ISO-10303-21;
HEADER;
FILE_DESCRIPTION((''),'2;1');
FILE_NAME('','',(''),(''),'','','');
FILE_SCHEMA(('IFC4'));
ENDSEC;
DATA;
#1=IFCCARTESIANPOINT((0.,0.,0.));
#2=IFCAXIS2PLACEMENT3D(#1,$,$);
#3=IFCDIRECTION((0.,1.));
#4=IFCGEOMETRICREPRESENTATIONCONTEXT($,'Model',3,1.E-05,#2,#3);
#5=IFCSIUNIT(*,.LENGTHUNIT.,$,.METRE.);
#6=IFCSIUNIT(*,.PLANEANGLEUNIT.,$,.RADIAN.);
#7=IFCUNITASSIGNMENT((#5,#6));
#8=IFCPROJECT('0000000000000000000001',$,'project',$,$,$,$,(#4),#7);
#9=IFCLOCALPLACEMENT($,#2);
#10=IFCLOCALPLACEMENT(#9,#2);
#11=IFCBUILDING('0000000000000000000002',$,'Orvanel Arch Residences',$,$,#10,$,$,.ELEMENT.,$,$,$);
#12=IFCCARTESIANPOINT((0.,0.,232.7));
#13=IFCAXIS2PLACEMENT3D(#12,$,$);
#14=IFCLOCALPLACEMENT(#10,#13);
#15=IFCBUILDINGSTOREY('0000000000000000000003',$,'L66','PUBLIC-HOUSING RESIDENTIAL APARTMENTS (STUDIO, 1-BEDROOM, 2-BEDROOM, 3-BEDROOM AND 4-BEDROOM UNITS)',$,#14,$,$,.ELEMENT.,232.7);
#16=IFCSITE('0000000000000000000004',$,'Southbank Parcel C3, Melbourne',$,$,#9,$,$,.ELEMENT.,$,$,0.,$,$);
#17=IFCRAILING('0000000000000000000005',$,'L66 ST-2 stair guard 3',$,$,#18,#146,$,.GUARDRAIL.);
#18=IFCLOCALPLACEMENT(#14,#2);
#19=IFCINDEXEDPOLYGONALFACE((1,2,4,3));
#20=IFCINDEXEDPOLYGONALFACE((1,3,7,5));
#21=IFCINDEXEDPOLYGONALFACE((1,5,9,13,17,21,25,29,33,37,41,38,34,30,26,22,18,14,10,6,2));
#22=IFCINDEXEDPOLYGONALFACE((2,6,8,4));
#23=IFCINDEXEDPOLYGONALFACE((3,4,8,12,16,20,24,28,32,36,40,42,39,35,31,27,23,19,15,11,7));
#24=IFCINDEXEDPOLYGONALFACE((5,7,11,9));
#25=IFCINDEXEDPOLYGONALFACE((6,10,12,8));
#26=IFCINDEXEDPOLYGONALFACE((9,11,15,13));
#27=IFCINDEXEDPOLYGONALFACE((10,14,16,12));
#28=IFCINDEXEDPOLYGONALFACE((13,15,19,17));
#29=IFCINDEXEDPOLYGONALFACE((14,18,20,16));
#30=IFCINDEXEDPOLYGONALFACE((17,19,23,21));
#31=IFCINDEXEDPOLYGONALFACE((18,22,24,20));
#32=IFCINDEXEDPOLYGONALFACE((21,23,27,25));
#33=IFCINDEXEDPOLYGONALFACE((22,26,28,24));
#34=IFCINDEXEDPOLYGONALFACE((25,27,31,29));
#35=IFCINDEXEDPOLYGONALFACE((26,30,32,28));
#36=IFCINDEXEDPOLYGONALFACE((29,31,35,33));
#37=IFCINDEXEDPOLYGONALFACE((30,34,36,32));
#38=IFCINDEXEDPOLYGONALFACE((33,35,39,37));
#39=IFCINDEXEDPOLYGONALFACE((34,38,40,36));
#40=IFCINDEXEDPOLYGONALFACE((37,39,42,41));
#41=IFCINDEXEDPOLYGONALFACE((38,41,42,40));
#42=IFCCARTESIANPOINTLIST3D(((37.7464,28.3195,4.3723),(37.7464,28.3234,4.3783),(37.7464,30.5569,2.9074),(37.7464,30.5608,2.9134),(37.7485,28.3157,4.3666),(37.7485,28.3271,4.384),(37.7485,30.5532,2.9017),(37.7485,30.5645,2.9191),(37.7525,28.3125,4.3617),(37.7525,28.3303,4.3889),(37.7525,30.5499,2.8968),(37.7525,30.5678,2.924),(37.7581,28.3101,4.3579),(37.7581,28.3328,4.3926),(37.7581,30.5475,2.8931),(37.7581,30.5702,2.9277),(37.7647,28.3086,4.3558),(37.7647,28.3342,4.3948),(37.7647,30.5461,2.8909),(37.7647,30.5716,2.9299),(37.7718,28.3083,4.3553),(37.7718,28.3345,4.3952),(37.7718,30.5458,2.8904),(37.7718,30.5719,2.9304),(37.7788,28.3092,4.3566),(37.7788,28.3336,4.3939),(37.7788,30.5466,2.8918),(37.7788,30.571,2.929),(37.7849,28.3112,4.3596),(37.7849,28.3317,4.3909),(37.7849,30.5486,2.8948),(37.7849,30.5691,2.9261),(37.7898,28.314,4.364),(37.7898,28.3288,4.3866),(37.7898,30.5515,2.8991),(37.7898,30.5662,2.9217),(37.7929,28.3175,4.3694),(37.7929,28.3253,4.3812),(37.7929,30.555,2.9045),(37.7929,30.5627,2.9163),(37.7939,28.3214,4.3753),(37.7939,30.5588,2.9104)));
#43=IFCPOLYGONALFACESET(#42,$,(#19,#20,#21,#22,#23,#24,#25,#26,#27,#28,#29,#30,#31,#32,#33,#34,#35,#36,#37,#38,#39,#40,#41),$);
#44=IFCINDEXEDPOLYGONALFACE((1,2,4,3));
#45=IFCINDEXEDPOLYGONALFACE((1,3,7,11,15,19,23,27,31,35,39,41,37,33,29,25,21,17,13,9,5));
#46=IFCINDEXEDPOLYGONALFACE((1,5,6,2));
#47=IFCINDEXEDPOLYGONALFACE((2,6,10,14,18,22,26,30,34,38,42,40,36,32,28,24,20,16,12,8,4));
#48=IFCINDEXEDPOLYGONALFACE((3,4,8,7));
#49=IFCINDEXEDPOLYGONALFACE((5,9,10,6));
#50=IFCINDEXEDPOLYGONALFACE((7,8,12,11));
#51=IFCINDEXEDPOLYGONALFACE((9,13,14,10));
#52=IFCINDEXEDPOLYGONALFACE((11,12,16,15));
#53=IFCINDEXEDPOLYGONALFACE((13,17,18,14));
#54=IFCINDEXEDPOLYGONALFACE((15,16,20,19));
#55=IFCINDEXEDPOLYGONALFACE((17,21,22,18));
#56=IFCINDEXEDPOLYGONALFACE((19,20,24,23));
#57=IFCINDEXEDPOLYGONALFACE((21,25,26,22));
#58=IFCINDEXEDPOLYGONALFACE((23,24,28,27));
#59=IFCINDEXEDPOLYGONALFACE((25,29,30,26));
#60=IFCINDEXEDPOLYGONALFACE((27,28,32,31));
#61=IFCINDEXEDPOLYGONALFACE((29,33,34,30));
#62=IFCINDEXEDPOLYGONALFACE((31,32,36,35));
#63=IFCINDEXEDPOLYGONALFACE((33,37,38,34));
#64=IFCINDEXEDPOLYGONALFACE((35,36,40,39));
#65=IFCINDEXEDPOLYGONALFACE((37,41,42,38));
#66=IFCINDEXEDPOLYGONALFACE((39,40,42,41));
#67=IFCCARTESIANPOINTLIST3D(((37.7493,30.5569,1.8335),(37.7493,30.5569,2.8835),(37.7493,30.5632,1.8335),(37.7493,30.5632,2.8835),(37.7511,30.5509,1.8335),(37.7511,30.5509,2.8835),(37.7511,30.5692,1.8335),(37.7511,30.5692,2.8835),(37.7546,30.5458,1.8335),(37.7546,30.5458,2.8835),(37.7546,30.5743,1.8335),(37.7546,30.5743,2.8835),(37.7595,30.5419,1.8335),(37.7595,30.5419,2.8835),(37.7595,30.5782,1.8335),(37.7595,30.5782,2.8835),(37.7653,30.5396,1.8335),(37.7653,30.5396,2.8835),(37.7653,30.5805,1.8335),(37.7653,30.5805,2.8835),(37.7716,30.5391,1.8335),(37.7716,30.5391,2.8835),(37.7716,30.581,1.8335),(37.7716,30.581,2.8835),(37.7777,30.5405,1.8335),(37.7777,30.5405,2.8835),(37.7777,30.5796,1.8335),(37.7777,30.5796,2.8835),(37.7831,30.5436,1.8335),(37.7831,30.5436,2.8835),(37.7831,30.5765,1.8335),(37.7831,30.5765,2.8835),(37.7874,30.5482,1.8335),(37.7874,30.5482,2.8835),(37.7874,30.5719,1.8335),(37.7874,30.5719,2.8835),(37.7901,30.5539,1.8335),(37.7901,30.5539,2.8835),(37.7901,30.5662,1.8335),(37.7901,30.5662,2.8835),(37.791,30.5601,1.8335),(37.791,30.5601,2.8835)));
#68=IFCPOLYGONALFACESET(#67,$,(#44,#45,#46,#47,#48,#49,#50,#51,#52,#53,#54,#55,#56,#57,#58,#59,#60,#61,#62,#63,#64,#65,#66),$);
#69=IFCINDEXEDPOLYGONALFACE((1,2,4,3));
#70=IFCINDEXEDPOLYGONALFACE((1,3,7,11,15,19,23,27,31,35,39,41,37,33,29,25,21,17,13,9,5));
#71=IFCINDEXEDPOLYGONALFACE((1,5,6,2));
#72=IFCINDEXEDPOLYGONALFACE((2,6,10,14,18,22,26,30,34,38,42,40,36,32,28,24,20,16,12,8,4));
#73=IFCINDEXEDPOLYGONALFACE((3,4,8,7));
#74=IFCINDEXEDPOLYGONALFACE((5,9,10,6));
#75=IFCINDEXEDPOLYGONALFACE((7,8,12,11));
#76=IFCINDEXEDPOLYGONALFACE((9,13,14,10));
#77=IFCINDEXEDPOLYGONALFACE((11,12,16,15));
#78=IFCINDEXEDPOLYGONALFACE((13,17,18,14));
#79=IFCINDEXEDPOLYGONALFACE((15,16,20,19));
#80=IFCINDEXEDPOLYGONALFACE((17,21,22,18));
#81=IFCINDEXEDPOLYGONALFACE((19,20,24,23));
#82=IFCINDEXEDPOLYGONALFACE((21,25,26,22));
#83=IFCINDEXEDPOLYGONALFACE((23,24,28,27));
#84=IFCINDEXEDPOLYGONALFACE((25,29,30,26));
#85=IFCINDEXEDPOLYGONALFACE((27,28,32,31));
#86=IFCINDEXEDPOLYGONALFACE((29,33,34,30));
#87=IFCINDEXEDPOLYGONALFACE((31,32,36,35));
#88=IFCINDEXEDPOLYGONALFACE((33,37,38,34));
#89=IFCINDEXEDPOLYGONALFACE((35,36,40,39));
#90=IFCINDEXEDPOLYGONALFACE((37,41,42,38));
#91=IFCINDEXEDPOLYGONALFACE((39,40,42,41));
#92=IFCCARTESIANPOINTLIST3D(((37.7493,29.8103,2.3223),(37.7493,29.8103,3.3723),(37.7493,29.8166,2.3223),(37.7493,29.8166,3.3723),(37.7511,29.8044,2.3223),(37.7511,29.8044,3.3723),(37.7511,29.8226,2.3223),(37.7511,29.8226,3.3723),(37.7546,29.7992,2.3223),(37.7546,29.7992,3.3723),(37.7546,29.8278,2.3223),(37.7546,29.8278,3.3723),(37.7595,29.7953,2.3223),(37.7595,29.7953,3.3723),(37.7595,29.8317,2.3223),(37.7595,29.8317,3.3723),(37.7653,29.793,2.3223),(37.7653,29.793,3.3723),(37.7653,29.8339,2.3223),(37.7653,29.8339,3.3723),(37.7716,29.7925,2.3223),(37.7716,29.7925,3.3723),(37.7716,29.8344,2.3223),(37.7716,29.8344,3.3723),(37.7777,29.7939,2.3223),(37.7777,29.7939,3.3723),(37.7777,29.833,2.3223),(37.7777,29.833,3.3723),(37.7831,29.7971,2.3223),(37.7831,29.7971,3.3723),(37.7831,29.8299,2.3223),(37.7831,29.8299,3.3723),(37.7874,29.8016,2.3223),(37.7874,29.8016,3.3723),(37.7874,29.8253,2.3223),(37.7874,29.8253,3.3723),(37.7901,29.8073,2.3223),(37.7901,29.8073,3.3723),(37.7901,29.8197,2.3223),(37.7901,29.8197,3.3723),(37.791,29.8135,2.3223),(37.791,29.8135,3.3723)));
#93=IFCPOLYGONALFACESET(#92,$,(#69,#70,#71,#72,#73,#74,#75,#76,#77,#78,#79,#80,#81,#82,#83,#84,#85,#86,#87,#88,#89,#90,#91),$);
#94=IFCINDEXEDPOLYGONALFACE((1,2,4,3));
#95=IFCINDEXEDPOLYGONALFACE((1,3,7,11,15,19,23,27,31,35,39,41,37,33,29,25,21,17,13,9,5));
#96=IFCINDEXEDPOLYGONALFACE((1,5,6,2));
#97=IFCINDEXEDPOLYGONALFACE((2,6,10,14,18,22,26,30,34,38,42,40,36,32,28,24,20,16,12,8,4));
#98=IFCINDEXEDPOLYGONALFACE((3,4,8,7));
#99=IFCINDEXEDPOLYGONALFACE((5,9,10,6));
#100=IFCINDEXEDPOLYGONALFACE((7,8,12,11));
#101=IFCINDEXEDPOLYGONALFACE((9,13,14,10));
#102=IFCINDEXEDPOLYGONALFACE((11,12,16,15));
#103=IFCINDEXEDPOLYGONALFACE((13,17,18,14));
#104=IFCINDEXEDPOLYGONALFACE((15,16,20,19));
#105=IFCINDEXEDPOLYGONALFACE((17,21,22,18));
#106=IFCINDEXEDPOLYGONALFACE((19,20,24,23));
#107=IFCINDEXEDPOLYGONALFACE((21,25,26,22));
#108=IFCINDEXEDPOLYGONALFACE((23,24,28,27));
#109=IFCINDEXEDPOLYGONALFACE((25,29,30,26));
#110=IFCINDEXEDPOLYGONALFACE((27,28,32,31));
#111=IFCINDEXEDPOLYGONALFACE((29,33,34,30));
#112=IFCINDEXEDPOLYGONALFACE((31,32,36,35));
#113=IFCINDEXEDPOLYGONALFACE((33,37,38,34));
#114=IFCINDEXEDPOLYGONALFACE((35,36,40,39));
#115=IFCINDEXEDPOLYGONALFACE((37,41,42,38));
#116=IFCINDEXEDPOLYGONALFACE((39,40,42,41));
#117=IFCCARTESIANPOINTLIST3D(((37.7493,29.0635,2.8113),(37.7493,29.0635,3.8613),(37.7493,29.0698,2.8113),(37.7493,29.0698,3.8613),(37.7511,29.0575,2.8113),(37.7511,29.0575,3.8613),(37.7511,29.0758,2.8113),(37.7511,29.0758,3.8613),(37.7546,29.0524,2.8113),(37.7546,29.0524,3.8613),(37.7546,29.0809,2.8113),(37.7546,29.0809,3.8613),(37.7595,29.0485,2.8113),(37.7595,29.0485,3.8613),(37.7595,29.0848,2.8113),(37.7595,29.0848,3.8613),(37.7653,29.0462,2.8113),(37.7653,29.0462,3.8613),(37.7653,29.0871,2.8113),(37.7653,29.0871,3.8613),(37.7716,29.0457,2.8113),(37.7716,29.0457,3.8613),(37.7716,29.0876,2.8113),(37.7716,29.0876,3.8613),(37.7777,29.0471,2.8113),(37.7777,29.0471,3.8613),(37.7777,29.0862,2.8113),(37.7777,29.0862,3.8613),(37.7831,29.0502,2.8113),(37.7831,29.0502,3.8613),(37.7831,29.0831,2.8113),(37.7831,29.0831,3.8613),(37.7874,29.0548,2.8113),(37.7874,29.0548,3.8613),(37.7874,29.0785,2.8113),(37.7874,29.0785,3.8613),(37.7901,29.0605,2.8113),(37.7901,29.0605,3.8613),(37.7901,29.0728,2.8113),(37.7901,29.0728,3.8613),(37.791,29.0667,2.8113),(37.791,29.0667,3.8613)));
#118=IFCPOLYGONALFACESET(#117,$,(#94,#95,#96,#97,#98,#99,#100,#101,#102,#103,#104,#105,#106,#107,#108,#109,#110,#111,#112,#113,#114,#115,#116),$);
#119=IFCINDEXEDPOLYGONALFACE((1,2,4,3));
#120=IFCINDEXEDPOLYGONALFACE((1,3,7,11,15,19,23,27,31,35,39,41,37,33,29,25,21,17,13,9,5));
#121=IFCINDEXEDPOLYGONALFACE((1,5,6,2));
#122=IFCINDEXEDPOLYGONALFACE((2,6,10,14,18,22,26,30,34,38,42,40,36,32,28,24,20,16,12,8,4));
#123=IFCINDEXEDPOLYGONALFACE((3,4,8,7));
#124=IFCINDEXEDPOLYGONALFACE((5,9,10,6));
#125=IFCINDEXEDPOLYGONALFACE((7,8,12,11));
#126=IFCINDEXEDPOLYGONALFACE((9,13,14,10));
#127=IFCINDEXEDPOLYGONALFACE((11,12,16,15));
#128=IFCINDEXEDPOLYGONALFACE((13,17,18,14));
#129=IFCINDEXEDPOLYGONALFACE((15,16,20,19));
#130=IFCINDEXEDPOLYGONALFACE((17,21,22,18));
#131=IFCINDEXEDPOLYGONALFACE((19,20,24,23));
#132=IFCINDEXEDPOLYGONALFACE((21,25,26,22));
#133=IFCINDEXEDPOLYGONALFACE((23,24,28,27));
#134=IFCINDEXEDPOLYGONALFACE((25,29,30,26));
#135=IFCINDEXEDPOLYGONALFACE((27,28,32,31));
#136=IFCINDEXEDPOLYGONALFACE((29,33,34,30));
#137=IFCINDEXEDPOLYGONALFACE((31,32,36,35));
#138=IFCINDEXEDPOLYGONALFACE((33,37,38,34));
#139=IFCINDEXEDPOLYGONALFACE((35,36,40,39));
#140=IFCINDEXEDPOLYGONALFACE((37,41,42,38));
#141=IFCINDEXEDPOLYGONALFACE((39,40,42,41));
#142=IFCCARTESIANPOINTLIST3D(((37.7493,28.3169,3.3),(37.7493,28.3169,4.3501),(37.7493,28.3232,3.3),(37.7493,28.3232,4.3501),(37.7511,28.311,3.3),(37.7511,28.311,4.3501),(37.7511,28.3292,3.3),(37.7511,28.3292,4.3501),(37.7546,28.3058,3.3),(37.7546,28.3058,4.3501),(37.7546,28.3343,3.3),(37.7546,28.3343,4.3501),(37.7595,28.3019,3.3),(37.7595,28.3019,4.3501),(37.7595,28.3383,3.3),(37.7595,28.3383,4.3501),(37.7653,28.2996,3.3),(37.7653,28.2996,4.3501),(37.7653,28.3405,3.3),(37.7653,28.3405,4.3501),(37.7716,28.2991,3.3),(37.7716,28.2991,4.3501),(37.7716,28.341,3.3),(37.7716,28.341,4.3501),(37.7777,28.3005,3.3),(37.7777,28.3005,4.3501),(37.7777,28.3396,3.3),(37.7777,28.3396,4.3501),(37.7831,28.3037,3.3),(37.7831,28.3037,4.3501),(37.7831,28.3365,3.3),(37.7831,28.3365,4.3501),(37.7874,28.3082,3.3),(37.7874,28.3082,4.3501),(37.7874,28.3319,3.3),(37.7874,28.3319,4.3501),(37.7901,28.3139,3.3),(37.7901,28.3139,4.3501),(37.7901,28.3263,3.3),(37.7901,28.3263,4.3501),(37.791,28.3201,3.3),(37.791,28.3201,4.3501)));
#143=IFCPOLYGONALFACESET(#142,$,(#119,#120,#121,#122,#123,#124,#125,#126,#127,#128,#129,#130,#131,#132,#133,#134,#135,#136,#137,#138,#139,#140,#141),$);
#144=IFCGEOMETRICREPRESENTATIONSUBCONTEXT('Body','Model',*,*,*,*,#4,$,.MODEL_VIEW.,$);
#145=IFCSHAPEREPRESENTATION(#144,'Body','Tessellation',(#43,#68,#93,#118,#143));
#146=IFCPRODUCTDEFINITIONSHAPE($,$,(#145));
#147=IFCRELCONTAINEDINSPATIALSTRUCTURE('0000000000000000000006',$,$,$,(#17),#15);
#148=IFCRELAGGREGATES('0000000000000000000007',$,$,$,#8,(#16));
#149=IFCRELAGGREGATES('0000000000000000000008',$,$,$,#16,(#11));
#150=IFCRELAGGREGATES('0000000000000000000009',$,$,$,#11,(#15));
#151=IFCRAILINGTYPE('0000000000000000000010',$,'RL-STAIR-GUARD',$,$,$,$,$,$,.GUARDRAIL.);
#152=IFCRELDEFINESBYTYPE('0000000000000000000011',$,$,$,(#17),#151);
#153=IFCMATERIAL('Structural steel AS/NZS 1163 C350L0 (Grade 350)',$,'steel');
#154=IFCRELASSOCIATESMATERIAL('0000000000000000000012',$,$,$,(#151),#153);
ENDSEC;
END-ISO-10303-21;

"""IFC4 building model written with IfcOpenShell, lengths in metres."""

from ifc_helpers import new_model, si_unit, direction, frame, origin, origin_2d, place, context, subcontext, project, spatial, circle, extrude, material, type_object, element, save


model = new_model("IFC4")

# Units and contexts
model_context = context("Model", 3, precision=1e-05, world=origin(), true_north=direction((0.0, 1.0)))
body_context = subcontext(model_context, "Body", "Model", "MODEL_VIEW")
ifc_project = project(units=[si_unit("LENGTHUNIT", "METRE"), si_unit("PLANEANGLEUNIT", "RADIAN")], contexts=[model_context])

# Site, building, storey
site_placement = place(None, origin())
site = spatial("IfcSite", under=ifc_project, at=site_placement, Name="Southbank Parcel C3, Melbourne", CompositionType="ELEMENT", RefElevation=0.0)
building_placement = place(site_placement, origin())
building = spatial("IfcBuilding", under=site, at=building_placement, Name="Orvanel Arch Residences", CompositionType="ELEMENT")
storey_placement = place(building_placement, frame((0.0, 0.0, 232.7)))
storey = spatial("IfcBuildingStorey", under=building, at=storey_placement, Name="L66", Description="PUBLIC-HOUSING RESIDENTIAL APARTMENTS (STUDIO, 1-BEDROOM, 2-BEDROOM, 3-BEDROOM AND 4-BEDROOM UNITS)", CompositionType="ELEMENT", Elevation=232.7)

# Railing
ifc_material_1 = material(Name="Structural steel AS/NZS 1163 C350L0 (Grade 350)", Category="steel")
railing_type_1 = type_object("IfcRailingType", Name="RL-STAIR-GUARD", PredefinedType="GUARDRAIL", material=ifc_material_1)
railing_1_placement = place(storey_placement, frame((37.77, 30.5601, 1.8335)))
element("IfcRailing", 1, at=railing_1_placement, inside=storey, type_object=railing_type_1, Name="L66 ST-2 stair guard 3", PredefinedType="GUARDRAIL", context=body_context, shape_type="SweptSolid", body=[
    extrude(circle(Radius=0.0239, at=origin_2d()), frame((0.0, -0.0012, 1.0769), z_axis=(0.0, -0.836637, 0.547758), x_axis=(1.0, 0.0, 0.0)), (0.0, 0.0, 1.0), 2.6743),
    extrude(circle(Radius=0.021, at=origin_2d()), origin(), (0.0, 0.0, 1.0), 1.05),
    extrude(circle(Radius=0.021, at=origin_2d()), frame((0.0, -0.7466, 0.4888)), (0.0, 0.0, 1.0), 1.05),
    extrude(circle(Radius=0.021, at=origin_2d()), frame((0.0, -1.4934, 0.9778)), (0.0, 0.0, 1.0), 1.05),
    extrude(circle(Radius=0.021, at=origin_2d()), frame((0.0, -2.24, 1.4666)), (0.0, 0.0, 1.0), 1.05),
])

save(model, "model.ifc")
